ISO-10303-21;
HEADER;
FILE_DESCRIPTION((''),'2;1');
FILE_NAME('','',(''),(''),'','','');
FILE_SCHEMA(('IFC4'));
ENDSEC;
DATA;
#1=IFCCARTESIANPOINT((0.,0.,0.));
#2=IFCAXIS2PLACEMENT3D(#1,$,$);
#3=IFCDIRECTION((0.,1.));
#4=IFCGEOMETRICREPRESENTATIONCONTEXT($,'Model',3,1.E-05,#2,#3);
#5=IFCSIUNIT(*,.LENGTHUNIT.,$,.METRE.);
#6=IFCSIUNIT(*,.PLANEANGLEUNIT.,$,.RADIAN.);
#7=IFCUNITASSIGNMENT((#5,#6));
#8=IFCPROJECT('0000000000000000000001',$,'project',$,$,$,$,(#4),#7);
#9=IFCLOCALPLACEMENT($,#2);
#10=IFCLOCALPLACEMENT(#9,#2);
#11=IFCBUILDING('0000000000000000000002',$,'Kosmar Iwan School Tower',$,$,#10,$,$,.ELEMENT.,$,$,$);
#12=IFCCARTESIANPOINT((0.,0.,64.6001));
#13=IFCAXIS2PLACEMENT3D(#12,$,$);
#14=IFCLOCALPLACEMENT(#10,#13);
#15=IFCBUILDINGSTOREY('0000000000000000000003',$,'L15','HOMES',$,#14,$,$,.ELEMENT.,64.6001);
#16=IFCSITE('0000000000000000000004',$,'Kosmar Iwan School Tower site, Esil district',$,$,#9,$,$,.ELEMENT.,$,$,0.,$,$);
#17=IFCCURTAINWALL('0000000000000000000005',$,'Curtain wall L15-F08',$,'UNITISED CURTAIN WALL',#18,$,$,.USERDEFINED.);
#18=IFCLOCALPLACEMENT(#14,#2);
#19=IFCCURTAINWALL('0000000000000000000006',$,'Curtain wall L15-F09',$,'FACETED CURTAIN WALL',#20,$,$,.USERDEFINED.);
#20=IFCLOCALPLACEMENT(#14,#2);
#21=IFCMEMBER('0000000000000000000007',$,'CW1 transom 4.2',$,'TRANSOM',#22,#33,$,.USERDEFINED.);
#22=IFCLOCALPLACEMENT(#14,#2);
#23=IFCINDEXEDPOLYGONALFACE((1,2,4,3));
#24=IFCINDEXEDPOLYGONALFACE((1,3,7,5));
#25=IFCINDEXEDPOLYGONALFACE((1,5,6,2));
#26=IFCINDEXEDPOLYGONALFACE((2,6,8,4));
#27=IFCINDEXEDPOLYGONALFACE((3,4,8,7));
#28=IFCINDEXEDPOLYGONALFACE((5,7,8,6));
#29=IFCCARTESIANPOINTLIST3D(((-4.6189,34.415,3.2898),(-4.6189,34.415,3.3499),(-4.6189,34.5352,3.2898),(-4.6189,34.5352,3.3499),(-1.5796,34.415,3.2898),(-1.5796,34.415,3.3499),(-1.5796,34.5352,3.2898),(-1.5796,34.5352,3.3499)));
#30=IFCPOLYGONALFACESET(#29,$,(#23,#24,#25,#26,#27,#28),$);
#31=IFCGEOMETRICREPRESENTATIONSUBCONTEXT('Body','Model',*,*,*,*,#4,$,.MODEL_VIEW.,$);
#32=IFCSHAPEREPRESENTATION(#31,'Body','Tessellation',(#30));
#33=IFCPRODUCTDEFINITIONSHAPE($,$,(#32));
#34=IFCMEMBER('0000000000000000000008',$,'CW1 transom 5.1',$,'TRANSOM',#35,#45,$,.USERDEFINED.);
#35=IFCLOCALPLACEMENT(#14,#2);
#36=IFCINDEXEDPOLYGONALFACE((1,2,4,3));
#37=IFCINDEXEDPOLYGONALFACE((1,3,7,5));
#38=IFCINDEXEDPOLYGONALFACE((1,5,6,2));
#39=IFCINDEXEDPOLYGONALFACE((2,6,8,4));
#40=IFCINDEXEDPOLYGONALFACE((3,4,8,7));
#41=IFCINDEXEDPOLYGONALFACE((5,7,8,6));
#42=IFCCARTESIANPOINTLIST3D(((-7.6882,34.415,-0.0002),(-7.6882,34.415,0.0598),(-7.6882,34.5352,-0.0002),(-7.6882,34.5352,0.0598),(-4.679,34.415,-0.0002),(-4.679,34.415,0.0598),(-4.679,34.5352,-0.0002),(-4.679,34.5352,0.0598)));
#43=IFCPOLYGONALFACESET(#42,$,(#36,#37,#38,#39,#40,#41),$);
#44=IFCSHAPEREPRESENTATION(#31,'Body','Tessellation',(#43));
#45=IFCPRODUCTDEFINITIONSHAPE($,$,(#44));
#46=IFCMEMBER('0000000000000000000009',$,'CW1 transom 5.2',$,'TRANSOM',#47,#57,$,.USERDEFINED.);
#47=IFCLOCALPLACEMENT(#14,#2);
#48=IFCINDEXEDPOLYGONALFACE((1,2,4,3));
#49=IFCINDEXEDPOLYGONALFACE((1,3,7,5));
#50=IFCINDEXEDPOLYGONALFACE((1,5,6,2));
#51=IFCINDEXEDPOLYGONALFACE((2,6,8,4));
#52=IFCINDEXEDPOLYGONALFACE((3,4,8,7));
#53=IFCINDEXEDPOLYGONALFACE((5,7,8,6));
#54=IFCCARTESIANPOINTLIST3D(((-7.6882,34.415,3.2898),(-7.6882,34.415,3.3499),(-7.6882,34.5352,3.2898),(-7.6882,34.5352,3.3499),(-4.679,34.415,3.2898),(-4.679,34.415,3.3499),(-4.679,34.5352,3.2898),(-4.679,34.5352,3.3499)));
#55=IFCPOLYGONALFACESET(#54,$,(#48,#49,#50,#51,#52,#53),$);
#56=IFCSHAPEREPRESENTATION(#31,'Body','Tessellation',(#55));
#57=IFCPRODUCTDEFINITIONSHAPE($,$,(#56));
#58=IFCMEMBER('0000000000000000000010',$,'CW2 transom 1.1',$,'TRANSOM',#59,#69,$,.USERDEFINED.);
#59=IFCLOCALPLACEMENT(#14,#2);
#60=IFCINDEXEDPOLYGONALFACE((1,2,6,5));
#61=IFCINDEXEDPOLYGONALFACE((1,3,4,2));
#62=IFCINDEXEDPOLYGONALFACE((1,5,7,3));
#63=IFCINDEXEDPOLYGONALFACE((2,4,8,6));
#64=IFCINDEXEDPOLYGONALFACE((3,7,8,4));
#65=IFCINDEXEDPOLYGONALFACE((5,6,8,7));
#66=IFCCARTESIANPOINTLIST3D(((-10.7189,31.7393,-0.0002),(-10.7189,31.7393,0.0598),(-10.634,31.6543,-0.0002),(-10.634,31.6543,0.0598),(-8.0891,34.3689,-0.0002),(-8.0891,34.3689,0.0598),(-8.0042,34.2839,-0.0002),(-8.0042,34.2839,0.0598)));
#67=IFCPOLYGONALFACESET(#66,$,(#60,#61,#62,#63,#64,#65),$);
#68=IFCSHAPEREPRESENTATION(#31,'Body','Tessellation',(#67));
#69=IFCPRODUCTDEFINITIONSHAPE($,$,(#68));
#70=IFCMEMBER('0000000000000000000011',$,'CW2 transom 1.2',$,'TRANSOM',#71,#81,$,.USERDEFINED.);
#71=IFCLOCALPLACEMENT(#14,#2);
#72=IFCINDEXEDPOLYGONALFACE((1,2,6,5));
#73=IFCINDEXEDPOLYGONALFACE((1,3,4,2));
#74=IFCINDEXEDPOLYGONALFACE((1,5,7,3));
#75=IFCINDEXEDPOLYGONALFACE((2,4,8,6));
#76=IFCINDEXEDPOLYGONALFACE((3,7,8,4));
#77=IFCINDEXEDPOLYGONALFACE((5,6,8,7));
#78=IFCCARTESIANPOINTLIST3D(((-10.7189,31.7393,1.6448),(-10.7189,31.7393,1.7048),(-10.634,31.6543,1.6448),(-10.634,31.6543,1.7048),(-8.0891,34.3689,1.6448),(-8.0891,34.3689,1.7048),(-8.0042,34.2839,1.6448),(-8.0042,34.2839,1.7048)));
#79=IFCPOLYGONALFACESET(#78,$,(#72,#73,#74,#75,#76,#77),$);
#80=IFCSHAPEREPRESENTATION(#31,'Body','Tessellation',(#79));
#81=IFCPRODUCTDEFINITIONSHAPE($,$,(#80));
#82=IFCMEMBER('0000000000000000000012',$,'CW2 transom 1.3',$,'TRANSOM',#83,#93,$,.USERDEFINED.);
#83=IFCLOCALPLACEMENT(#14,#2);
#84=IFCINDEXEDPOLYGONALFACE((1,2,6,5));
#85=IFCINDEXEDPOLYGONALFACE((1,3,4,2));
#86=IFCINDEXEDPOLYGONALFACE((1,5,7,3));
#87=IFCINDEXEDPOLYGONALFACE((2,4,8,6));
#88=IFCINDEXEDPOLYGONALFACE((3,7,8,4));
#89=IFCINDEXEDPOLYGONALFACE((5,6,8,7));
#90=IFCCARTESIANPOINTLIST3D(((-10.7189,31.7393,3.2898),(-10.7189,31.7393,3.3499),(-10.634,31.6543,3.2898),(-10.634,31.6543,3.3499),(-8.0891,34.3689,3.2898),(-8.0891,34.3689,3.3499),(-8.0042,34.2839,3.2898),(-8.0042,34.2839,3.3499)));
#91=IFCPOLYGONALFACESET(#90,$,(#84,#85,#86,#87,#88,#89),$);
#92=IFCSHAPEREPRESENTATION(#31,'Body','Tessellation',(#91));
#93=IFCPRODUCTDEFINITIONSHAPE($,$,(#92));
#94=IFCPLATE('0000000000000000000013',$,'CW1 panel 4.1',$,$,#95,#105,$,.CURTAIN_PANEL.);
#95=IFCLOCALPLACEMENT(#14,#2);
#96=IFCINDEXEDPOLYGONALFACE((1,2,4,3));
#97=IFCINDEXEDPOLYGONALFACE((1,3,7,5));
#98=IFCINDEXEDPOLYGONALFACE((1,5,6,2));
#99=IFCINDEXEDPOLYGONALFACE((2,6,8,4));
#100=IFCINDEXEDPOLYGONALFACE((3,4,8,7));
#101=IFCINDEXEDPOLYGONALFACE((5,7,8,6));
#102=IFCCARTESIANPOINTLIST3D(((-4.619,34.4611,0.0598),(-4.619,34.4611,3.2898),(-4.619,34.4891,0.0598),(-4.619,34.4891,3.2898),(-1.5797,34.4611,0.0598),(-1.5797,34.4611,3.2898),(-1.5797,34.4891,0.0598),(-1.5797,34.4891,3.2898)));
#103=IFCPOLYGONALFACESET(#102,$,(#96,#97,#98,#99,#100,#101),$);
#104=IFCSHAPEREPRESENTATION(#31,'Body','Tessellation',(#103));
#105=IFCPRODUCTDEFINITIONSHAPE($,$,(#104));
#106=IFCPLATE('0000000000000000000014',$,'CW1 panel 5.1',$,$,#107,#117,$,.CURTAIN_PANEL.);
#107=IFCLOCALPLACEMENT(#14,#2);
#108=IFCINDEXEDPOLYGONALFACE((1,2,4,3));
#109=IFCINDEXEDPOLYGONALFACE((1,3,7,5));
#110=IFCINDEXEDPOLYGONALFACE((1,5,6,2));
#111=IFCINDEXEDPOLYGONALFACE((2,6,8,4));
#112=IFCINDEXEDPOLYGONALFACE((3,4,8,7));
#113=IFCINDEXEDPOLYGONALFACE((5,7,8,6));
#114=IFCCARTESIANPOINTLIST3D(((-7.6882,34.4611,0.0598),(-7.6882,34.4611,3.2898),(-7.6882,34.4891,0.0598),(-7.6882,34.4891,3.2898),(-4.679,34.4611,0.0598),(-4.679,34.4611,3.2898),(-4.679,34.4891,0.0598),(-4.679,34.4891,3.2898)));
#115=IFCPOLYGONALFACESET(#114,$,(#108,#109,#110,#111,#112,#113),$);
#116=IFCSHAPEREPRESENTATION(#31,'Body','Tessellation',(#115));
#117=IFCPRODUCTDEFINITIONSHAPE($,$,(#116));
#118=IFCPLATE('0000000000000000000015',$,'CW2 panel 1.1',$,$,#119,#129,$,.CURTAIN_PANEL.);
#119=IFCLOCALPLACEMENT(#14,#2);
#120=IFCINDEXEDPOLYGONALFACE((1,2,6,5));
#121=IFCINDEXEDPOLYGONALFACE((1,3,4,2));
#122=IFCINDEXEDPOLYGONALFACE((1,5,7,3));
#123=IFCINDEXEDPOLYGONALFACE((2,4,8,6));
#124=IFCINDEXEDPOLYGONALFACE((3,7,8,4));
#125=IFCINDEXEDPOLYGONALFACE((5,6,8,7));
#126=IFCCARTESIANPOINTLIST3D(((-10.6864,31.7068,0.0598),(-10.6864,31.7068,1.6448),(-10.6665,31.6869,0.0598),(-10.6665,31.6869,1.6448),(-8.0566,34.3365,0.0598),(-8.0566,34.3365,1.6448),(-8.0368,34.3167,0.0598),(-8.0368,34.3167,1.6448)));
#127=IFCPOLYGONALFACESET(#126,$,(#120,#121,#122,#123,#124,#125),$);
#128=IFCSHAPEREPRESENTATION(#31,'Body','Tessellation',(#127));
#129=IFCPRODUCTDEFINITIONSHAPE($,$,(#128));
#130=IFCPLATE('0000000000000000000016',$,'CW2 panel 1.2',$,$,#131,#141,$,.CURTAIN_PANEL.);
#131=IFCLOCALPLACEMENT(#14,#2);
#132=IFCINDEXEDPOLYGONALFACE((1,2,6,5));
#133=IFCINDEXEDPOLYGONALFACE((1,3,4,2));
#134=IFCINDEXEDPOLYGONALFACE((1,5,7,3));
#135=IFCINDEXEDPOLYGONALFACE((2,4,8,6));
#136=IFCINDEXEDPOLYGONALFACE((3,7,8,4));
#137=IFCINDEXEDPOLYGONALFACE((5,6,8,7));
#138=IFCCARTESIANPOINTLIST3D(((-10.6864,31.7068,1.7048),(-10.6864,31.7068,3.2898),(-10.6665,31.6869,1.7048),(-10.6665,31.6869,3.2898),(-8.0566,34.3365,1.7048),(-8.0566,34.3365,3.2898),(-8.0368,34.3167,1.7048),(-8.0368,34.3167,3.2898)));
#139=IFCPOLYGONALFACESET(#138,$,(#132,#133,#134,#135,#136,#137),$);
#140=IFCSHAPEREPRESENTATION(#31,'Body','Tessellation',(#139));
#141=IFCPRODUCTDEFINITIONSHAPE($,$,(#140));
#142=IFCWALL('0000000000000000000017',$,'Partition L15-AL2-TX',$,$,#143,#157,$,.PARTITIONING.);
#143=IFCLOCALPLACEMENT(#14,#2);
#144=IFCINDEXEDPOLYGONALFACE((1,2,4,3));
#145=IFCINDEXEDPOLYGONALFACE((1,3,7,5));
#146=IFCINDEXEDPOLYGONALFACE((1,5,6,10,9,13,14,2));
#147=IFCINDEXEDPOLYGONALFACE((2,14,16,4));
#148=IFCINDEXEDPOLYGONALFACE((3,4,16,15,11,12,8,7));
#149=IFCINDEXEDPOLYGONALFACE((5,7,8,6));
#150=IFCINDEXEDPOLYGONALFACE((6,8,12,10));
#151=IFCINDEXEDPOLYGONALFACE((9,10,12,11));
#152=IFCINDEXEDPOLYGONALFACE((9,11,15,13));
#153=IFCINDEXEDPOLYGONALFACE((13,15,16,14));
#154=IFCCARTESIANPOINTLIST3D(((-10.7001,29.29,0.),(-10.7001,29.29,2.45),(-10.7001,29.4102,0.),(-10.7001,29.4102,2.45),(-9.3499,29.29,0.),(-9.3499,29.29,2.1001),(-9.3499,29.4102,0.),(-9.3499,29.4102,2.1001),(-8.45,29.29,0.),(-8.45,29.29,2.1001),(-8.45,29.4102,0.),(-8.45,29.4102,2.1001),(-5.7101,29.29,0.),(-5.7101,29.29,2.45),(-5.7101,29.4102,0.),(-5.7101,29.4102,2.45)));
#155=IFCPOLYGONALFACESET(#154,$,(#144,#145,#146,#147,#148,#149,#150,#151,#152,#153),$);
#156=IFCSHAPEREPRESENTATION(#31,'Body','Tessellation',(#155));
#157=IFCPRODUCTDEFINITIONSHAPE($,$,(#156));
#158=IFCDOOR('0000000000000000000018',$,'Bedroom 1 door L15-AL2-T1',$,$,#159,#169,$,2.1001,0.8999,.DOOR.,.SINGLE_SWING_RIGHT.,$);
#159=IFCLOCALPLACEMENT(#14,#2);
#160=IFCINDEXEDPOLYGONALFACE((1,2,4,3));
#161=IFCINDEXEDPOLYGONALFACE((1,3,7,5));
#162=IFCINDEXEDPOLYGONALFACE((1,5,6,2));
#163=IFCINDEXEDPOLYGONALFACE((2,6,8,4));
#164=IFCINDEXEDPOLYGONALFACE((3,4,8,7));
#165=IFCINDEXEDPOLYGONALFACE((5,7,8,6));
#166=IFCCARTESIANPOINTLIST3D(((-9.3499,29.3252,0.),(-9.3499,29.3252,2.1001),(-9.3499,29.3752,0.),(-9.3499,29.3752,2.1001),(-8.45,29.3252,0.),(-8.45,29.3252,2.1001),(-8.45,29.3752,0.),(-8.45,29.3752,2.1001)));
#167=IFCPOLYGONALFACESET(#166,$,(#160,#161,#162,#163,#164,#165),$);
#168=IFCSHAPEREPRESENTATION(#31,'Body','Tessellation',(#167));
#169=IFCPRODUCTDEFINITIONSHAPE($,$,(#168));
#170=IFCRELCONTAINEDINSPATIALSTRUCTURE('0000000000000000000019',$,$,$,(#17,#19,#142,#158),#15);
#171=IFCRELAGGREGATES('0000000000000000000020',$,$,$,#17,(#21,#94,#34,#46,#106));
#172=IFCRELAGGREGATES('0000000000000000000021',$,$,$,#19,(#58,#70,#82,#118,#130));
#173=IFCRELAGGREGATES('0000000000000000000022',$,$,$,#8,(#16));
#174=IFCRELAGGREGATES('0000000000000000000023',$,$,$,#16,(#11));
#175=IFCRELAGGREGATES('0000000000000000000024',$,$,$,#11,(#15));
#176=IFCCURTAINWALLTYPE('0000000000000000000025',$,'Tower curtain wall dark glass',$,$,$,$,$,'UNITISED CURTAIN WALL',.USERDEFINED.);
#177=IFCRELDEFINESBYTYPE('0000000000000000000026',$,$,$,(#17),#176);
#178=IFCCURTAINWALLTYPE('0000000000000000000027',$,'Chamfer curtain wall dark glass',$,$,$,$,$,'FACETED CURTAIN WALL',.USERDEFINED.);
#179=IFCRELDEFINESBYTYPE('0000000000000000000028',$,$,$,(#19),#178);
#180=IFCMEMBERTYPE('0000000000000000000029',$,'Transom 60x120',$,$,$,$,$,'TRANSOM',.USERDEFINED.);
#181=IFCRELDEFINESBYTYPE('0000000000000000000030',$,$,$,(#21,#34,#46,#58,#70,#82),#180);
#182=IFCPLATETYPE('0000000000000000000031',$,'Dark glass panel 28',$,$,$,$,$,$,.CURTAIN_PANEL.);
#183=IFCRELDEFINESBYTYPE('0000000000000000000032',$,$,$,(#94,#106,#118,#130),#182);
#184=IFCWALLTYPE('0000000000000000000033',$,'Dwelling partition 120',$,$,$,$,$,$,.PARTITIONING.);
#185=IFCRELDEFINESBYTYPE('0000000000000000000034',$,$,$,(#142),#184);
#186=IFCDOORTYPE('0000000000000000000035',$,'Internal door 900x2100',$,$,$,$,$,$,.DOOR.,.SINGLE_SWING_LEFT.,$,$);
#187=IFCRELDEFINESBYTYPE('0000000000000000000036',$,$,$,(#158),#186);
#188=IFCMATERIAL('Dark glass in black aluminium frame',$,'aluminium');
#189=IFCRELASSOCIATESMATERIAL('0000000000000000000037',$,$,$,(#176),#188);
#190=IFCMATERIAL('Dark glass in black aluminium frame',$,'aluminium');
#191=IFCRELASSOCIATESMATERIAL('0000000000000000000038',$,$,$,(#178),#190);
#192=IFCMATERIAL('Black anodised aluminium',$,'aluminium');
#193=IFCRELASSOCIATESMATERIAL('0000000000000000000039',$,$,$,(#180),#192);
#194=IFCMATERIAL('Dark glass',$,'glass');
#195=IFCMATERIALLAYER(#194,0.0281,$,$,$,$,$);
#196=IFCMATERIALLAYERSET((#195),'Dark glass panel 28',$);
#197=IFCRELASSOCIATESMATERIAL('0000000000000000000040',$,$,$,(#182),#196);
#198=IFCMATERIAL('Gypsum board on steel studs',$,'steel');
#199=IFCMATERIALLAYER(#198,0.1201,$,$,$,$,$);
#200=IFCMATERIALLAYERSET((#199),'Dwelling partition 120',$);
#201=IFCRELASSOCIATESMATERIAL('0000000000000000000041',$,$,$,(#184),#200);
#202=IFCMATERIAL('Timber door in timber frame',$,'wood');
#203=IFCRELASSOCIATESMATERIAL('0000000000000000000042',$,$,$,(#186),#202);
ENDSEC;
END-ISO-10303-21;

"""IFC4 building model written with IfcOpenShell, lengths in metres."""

from ifc_helpers import new_model, si_unit, direction, frame, frame_2d, origin, origin_2d, place, context, subcontext, project, spatial, rectangle, extrude, material, layer, layer_set, material_profile, profile_set, type_object, element, fill, aggregate, save


model = new_model("IFC4")

# Units and contexts
model_context = context("Model", 3, precision=1e-05, world=origin(), true_north=direction((0.0, 1.0)))
body_context = subcontext(model_context, "Body", "Model", "MODEL_VIEW")
ifc_project = project(units=[si_unit("LENGTHUNIT", "METRE"), si_unit("PLANEANGLEUNIT", "RADIAN")], contexts=[model_context])

# Site, building, storey
site_placement = place(None, origin())
site = spatial("IfcSite", under=ifc_project, at=site_placement, Name="Kosmar Iwan School Tower site, Esil district", CompositionType="ELEMENT", RefElevation=0.0)
building_placement = place(site_placement, origin())
building = spatial("IfcBuilding", under=site, at=building_placement, Name="Kosmar Iwan School Tower", CompositionType="ELEMENT")
storey_placement = place(building_placement, frame((0.0, 0.0, 64.6001)))
storey = spatial("IfcBuildingStorey", under=building, at=storey_placement, Name="L15", Description="HOMES", CompositionType="ELEMENT", Elevation=64.6001)

# Curtain walls
ifc_material_1 = material(Name="Dark glass in black aluminium frame", Category="aluminium")
curtain_wall_type_1 = type_object("IfcCurtainWallType", Name="Tower curtain wall dark glass", ElementType="UNITISED CURTAIN WALL", PredefinedType="USERDEFINED", material=ifc_material_1)
curtain_wall_1_placement = place(storey_placement, origin())
curtain_wall_1 = element("IfcCurtainWall", 1, at=curtain_wall_1_placement, inside=storey, type_object=curtain_wall_type_1, Name="Curtain wall L15-F08", ObjectType="UNITISED CURTAIN WALL", PredefinedType="USERDEFINED")
ifc_material_2 = material(Name="Dark glass in black aluminium frame", Category="aluminium")
curtain_wall_type_2 = type_object("IfcCurtainWallType", Name="Chamfer curtain wall dark glass", ElementType="FACETED CURTAIN WALL", PredefinedType="USERDEFINED", material=ifc_material_2)
curtain_wall_2_placement = place(storey_placement, origin())
curtain_wall_2 = element("IfcCurtainWall", 2, at=curtain_wall_2_placement, inside=storey, type_object=curtain_wall_type_2, Name="Curtain wall L15-F09", ObjectType="FACETED CURTAIN WALL", PredefinedType="USERDEFINED")

# Members
ifc_material_3 = material(Name="Black anodised aluminium", Category="aluminium")
ifc_material_profile_1 = material_profile(ifc_material_3, rectangle(XDim=0.1201, YDim=0.0601, at=origin_2d()), Name="TRANSOM 60x120")
ifc_profile_set_1 = profile_set([ifc_material_profile_1], Name="Black anodised aluminium")
member_type_1 = type_object("IfcMemberType", Name="Transom 60x120", ElementType="TRANSOM", PredefinedType="USERDEFINED", material=ifc_profile_set_1)
member_1_placement = place(storey_placement, frame((-1.5796, 34.4751, 3.3198), z_axis=(-1.0, 0.0, 0.0), x_axis=(0.0, -1.0, 0.0)))
member_1 = element("IfcMember", 3, at=member_1_placement, type_object=member_type_1, Name="CW1 transom 4.2", ObjectType="TRANSOM", PredefinedType="USERDEFINED", context=body_context, shape_type="SweptSolid", body=[
    extrude(rectangle(XDim=0.1201, YDim=0.0601, at=origin_2d()), origin(), (0.0, 0.0, 1.0), 3.0393),
])
member_2_placement = place(storey_placement, frame((-4.679, 34.4751, 0.0298), z_axis=(-1.0, 0.0, 0.0), x_axis=(0.0, -1.0, 0.0)))
member_2 = element("IfcMember", 4, at=member_2_placement, type_object=member_type_1, Name="CW1 transom 5.1", ObjectType="TRANSOM", PredefinedType="USERDEFINED", context=body_context, shape_type="SweptSolid", body=[
    extrude(rectangle(XDim=0.1201, YDim=0.0601, at=origin_2d()), origin(), (0.0, 0.0, 1.0), 3.0093),
])
member_3_placement = place(storey_placement, frame((-4.679, 34.4751, 3.3198), z_axis=(-1.0, 0.0, 0.0), x_axis=(0.0, -1.0, 0.0)))
member_3 = element("IfcMember", 5, at=member_3_placement, type_object=member_type_1, Name="CW1 transom 5.2", ObjectType="TRANSOM", PredefinedType="USERDEFINED", context=body_context, shape_type="SweptSolid", body=[
    extrude(rectangle(XDim=0.1201, YDim=0.0601, at=origin_2d()), origin(), (0.0, 0.0, 1.0), 3.0093),
])
member_4_placement = place(storey_placement, frame((-8.0466, 34.3264, 0.0298), z_axis=(-0.70714, -0.707074, 0.0), x_axis=(0.707074, -0.70714, 0.0)))
member_4 = element("IfcMember", 6, at=member_4_placement, type_object=member_type_1, Name="CW2 transom 1.1", ObjectType="TRANSOM", PredefinedType="USERDEFINED", context=body_context, shape_type="SweptSolid", body=[
    extrude(rectangle(XDim=0.1201, YDim=0.0601, at=origin_2d()), origin(), (0.0, 0.0, 1.0), 3.719),
])
member_5_placement = place(storey_placement, frame((-8.0466, 34.3264, 1.6748), z_axis=(-0.70714, -0.707074, 0.0), x_axis=(0.707074, -0.70714, 0.0)))
member_5 = element("IfcMember", 7, at=member_5_placement, type_object=member_type_1, Name="CW2 transom 1.2", ObjectType="TRANSOM", PredefinedType="USERDEFINED", context=body_context, shape_type="SweptSolid", body=[
    extrude(rectangle(XDim=0.1201, YDim=0.0601, at=origin_2d()), origin(), (0.0, 0.0, 1.0), 3.719),
])
member_6_placement = place(storey_placement, frame((-8.0466, 34.3264, 3.3198), z_axis=(-0.70714, -0.707074, 0.0), x_axis=(0.707074, -0.70714, 0.0)))
member_6 = element("IfcMember", 8, at=member_6_placement, type_object=member_type_1, Name="CW2 transom 1.3", ObjectType="TRANSOM", PredefinedType="USERDEFINED", context=body_context, shape_type="SweptSolid", body=[
    extrude(rectangle(XDim=0.1201, YDim=0.0601, at=origin_2d()), origin(), (0.0, 0.0, 1.0), 3.719),
])

# Plates
ifc_material_4 = material(Name="Dark glass", Category="glass")
ifc_layer_1 = layer(ifc_material_4, 0.0281)
ifc_layer_set_1 = layer_set([ifc_layer_1], Name="Dark glass panel 28")
plate_type = type_object("IfcPlateType", Name="Dark glass panel 28", PredefinedType="CURTAIN_PANEL", material=ifc_layer_set_1)
plate_1_placement = place(storey_placement, frame((-3.0994, 34.4751, 0.0598), z_axis=(0.0, 0.0, 1.0), x_axis=(-1.0, 0.0, 0.0)))
plate_1 = element("IfcPlate", 9, at=plate_1_placement, type_object=plate_type, Name="CW1 panel 4.1", PredefinedType="CURTAIN_PANEL", context=body_context, shape_type="SweptSolid", body=[
    extrude(rectangle(XDim=3.0393, YDim=0.0281, at=origin_2d()), origin(), (0.0, 0.0, 1.0), 3.23),
])
plate_2_placement = place(storey_placement, frame((-6.1836, 34.4751, 0.0598), z_axis=(0.0, 0.0, 1.0), x_axis=(-1.0, 0.0, 0.0)))
plate_2 = element("IfcPlate", 10, at=plate_2_placement, type_object=plate_type, Name="CW1 panel 5.1", PredefinedType="CURTAIN_PANEL", context=body_context, shape_type="SweptSolid", body=[
    extrude(rectangle(XDim=3.0093, YDim=0.0281, at=origin_2d()), origin(), (0.0, 0.0, 1.0), 3.23),
])
aggregate(curtain_wall_1, [member_1, plate_1, member_2, member_3, plate_2])
plate_3_placement = place(storey_placement, frame((-9.3616, 33.0117, 0.0598), z_axis=(0.0, 0.0, 1.0), x_axis=(-0.707107, -0.707107, 0.0)))
plate_3 = element("IfcPlate", 11, at=plate_3_placement, type_object=plate_type, Name="CW2 panel 1.1", PredefinedType="CURTAIN_PANEL", context=body_context, shape_type="SweptSolid", body=[
    extrude(rectangle(XDim=3.719, YDim=0.0281, at=origin_2d()), origin(), (0.0, 0.0, 1.0), 1.585),
])
plate_4_placement = place(storey_placement, frame((-9.3616, 33.0117, 1.7048), z_axis=(0.0, 0.0, 1.0), x_axis=(-0.707107, -0.707107, 0.0)))
plate_4 = element("IfcPlate", 12, at=plate_4_placement, type_object=plate_type, Name="CW2 panel 1.2", PredefinedType="CURTAIN_PANEL", context=body_context, shape_type="SweptSolid", body=[
    extrude(rectangle(XDim=3.719, YDim=0.0281, at=origin_2d()), origin(), (0.0, 0.0, 1.0), 1.585),
])
aggregate(curtain_wall_2, [member_4, member_5, member_6, plate_3, plate_4])

# Wall, opening, door
ifc_material_5 = material(Name="Gypsum board on steel studs", Category="steel")
ifc_layer_2 = layer(ifc_material_5, 0.1201)
ifc_layer_set_2 = layer_set([ifc_layer_2], Name="Dwelling partition 120")
wall_type_1 = type_object("IfcWallType", Name="Dwelling partition 120", PredefinedType="PARTITIONING", material=ifc_layer_set_2)
wall_1_placement = place(storey_placement, frame((-5.71, 29.3501, 0.0), z_axis=(0.0, 0.0, 1.0), x_axis=(-1.0, 0.0, 0.0)))
wall_1 = element("IfcWall", 13, at=wall_1_placement, inside=storey, type_object=wall_type_1, Name="Partition L15-AL2-TX", PredefinedType="PARTITIONING", context=body_context, shape_type="SweptSolid", body=[
    extrude(rectangle(XDim=4.99, YDim=0.1201, at=frame_2d((2.4951, 0.0))), origin(), (0.0, 0.0, 1.0), 2.45),
])
opening_1_placement = place(wall_1_placement, frame((2.74, 0.0, 0.0)))
opening_1 = element("IfcOpeningElement", 14, at=opening_1_placement, cuts=wall_1, PredefinedType="OPENING", context=body_context, shape_type="SweptSolid", body=[
    extrude(rectangle(XDim=0.8999, YDim=2.1001, at=frame_2d((0.45, 1.05))), frame((0.0, 0.072, 0.0), z_axis=(0.0, -1.0, 0.0), x_axis=(1.0, 0.0, 0.0)), (0.0, 0.0, 1.0), 0.144),
])
ifc_material_6 = material(Name="Timber door in timber frame", Category="wood")
door_type_1 = type_object("IfcDoorType", Name="Internal door 900x2100", OperationType="SINGLE_SWING_LEFT", PredefinedType="DOOR", material=ifc_material_6)
door_1_placement = place(opening_1_placement, origin())
door_1 = element("IfcDoor", 15, at=door_1_placement, inside=storey, type_object=door_type_1, Name="Bedroom 1 door L15-AL2-T1", OperationType="SINGLE_SWING_RIGHT", OverallHeight=2.1001, OverallWidth=0.8999, PredefinedType="DOOR", context=body_context, shape_type="SweptSolid", body=[
    extrude(rectangle(XDim=0.8999, YDim=2.1001, at=frame_2d((0.45, 1.05))), frame((0.0, 0.0249, 0.0), z_axis=(0.0, -1.0, 0.0), x_axis=(1.0, 0.0, 0.0)), (0.0, 0.0, 1.0), 0.05),
])
fill(opening_1, door_1)

save(model, "model.ifc")
